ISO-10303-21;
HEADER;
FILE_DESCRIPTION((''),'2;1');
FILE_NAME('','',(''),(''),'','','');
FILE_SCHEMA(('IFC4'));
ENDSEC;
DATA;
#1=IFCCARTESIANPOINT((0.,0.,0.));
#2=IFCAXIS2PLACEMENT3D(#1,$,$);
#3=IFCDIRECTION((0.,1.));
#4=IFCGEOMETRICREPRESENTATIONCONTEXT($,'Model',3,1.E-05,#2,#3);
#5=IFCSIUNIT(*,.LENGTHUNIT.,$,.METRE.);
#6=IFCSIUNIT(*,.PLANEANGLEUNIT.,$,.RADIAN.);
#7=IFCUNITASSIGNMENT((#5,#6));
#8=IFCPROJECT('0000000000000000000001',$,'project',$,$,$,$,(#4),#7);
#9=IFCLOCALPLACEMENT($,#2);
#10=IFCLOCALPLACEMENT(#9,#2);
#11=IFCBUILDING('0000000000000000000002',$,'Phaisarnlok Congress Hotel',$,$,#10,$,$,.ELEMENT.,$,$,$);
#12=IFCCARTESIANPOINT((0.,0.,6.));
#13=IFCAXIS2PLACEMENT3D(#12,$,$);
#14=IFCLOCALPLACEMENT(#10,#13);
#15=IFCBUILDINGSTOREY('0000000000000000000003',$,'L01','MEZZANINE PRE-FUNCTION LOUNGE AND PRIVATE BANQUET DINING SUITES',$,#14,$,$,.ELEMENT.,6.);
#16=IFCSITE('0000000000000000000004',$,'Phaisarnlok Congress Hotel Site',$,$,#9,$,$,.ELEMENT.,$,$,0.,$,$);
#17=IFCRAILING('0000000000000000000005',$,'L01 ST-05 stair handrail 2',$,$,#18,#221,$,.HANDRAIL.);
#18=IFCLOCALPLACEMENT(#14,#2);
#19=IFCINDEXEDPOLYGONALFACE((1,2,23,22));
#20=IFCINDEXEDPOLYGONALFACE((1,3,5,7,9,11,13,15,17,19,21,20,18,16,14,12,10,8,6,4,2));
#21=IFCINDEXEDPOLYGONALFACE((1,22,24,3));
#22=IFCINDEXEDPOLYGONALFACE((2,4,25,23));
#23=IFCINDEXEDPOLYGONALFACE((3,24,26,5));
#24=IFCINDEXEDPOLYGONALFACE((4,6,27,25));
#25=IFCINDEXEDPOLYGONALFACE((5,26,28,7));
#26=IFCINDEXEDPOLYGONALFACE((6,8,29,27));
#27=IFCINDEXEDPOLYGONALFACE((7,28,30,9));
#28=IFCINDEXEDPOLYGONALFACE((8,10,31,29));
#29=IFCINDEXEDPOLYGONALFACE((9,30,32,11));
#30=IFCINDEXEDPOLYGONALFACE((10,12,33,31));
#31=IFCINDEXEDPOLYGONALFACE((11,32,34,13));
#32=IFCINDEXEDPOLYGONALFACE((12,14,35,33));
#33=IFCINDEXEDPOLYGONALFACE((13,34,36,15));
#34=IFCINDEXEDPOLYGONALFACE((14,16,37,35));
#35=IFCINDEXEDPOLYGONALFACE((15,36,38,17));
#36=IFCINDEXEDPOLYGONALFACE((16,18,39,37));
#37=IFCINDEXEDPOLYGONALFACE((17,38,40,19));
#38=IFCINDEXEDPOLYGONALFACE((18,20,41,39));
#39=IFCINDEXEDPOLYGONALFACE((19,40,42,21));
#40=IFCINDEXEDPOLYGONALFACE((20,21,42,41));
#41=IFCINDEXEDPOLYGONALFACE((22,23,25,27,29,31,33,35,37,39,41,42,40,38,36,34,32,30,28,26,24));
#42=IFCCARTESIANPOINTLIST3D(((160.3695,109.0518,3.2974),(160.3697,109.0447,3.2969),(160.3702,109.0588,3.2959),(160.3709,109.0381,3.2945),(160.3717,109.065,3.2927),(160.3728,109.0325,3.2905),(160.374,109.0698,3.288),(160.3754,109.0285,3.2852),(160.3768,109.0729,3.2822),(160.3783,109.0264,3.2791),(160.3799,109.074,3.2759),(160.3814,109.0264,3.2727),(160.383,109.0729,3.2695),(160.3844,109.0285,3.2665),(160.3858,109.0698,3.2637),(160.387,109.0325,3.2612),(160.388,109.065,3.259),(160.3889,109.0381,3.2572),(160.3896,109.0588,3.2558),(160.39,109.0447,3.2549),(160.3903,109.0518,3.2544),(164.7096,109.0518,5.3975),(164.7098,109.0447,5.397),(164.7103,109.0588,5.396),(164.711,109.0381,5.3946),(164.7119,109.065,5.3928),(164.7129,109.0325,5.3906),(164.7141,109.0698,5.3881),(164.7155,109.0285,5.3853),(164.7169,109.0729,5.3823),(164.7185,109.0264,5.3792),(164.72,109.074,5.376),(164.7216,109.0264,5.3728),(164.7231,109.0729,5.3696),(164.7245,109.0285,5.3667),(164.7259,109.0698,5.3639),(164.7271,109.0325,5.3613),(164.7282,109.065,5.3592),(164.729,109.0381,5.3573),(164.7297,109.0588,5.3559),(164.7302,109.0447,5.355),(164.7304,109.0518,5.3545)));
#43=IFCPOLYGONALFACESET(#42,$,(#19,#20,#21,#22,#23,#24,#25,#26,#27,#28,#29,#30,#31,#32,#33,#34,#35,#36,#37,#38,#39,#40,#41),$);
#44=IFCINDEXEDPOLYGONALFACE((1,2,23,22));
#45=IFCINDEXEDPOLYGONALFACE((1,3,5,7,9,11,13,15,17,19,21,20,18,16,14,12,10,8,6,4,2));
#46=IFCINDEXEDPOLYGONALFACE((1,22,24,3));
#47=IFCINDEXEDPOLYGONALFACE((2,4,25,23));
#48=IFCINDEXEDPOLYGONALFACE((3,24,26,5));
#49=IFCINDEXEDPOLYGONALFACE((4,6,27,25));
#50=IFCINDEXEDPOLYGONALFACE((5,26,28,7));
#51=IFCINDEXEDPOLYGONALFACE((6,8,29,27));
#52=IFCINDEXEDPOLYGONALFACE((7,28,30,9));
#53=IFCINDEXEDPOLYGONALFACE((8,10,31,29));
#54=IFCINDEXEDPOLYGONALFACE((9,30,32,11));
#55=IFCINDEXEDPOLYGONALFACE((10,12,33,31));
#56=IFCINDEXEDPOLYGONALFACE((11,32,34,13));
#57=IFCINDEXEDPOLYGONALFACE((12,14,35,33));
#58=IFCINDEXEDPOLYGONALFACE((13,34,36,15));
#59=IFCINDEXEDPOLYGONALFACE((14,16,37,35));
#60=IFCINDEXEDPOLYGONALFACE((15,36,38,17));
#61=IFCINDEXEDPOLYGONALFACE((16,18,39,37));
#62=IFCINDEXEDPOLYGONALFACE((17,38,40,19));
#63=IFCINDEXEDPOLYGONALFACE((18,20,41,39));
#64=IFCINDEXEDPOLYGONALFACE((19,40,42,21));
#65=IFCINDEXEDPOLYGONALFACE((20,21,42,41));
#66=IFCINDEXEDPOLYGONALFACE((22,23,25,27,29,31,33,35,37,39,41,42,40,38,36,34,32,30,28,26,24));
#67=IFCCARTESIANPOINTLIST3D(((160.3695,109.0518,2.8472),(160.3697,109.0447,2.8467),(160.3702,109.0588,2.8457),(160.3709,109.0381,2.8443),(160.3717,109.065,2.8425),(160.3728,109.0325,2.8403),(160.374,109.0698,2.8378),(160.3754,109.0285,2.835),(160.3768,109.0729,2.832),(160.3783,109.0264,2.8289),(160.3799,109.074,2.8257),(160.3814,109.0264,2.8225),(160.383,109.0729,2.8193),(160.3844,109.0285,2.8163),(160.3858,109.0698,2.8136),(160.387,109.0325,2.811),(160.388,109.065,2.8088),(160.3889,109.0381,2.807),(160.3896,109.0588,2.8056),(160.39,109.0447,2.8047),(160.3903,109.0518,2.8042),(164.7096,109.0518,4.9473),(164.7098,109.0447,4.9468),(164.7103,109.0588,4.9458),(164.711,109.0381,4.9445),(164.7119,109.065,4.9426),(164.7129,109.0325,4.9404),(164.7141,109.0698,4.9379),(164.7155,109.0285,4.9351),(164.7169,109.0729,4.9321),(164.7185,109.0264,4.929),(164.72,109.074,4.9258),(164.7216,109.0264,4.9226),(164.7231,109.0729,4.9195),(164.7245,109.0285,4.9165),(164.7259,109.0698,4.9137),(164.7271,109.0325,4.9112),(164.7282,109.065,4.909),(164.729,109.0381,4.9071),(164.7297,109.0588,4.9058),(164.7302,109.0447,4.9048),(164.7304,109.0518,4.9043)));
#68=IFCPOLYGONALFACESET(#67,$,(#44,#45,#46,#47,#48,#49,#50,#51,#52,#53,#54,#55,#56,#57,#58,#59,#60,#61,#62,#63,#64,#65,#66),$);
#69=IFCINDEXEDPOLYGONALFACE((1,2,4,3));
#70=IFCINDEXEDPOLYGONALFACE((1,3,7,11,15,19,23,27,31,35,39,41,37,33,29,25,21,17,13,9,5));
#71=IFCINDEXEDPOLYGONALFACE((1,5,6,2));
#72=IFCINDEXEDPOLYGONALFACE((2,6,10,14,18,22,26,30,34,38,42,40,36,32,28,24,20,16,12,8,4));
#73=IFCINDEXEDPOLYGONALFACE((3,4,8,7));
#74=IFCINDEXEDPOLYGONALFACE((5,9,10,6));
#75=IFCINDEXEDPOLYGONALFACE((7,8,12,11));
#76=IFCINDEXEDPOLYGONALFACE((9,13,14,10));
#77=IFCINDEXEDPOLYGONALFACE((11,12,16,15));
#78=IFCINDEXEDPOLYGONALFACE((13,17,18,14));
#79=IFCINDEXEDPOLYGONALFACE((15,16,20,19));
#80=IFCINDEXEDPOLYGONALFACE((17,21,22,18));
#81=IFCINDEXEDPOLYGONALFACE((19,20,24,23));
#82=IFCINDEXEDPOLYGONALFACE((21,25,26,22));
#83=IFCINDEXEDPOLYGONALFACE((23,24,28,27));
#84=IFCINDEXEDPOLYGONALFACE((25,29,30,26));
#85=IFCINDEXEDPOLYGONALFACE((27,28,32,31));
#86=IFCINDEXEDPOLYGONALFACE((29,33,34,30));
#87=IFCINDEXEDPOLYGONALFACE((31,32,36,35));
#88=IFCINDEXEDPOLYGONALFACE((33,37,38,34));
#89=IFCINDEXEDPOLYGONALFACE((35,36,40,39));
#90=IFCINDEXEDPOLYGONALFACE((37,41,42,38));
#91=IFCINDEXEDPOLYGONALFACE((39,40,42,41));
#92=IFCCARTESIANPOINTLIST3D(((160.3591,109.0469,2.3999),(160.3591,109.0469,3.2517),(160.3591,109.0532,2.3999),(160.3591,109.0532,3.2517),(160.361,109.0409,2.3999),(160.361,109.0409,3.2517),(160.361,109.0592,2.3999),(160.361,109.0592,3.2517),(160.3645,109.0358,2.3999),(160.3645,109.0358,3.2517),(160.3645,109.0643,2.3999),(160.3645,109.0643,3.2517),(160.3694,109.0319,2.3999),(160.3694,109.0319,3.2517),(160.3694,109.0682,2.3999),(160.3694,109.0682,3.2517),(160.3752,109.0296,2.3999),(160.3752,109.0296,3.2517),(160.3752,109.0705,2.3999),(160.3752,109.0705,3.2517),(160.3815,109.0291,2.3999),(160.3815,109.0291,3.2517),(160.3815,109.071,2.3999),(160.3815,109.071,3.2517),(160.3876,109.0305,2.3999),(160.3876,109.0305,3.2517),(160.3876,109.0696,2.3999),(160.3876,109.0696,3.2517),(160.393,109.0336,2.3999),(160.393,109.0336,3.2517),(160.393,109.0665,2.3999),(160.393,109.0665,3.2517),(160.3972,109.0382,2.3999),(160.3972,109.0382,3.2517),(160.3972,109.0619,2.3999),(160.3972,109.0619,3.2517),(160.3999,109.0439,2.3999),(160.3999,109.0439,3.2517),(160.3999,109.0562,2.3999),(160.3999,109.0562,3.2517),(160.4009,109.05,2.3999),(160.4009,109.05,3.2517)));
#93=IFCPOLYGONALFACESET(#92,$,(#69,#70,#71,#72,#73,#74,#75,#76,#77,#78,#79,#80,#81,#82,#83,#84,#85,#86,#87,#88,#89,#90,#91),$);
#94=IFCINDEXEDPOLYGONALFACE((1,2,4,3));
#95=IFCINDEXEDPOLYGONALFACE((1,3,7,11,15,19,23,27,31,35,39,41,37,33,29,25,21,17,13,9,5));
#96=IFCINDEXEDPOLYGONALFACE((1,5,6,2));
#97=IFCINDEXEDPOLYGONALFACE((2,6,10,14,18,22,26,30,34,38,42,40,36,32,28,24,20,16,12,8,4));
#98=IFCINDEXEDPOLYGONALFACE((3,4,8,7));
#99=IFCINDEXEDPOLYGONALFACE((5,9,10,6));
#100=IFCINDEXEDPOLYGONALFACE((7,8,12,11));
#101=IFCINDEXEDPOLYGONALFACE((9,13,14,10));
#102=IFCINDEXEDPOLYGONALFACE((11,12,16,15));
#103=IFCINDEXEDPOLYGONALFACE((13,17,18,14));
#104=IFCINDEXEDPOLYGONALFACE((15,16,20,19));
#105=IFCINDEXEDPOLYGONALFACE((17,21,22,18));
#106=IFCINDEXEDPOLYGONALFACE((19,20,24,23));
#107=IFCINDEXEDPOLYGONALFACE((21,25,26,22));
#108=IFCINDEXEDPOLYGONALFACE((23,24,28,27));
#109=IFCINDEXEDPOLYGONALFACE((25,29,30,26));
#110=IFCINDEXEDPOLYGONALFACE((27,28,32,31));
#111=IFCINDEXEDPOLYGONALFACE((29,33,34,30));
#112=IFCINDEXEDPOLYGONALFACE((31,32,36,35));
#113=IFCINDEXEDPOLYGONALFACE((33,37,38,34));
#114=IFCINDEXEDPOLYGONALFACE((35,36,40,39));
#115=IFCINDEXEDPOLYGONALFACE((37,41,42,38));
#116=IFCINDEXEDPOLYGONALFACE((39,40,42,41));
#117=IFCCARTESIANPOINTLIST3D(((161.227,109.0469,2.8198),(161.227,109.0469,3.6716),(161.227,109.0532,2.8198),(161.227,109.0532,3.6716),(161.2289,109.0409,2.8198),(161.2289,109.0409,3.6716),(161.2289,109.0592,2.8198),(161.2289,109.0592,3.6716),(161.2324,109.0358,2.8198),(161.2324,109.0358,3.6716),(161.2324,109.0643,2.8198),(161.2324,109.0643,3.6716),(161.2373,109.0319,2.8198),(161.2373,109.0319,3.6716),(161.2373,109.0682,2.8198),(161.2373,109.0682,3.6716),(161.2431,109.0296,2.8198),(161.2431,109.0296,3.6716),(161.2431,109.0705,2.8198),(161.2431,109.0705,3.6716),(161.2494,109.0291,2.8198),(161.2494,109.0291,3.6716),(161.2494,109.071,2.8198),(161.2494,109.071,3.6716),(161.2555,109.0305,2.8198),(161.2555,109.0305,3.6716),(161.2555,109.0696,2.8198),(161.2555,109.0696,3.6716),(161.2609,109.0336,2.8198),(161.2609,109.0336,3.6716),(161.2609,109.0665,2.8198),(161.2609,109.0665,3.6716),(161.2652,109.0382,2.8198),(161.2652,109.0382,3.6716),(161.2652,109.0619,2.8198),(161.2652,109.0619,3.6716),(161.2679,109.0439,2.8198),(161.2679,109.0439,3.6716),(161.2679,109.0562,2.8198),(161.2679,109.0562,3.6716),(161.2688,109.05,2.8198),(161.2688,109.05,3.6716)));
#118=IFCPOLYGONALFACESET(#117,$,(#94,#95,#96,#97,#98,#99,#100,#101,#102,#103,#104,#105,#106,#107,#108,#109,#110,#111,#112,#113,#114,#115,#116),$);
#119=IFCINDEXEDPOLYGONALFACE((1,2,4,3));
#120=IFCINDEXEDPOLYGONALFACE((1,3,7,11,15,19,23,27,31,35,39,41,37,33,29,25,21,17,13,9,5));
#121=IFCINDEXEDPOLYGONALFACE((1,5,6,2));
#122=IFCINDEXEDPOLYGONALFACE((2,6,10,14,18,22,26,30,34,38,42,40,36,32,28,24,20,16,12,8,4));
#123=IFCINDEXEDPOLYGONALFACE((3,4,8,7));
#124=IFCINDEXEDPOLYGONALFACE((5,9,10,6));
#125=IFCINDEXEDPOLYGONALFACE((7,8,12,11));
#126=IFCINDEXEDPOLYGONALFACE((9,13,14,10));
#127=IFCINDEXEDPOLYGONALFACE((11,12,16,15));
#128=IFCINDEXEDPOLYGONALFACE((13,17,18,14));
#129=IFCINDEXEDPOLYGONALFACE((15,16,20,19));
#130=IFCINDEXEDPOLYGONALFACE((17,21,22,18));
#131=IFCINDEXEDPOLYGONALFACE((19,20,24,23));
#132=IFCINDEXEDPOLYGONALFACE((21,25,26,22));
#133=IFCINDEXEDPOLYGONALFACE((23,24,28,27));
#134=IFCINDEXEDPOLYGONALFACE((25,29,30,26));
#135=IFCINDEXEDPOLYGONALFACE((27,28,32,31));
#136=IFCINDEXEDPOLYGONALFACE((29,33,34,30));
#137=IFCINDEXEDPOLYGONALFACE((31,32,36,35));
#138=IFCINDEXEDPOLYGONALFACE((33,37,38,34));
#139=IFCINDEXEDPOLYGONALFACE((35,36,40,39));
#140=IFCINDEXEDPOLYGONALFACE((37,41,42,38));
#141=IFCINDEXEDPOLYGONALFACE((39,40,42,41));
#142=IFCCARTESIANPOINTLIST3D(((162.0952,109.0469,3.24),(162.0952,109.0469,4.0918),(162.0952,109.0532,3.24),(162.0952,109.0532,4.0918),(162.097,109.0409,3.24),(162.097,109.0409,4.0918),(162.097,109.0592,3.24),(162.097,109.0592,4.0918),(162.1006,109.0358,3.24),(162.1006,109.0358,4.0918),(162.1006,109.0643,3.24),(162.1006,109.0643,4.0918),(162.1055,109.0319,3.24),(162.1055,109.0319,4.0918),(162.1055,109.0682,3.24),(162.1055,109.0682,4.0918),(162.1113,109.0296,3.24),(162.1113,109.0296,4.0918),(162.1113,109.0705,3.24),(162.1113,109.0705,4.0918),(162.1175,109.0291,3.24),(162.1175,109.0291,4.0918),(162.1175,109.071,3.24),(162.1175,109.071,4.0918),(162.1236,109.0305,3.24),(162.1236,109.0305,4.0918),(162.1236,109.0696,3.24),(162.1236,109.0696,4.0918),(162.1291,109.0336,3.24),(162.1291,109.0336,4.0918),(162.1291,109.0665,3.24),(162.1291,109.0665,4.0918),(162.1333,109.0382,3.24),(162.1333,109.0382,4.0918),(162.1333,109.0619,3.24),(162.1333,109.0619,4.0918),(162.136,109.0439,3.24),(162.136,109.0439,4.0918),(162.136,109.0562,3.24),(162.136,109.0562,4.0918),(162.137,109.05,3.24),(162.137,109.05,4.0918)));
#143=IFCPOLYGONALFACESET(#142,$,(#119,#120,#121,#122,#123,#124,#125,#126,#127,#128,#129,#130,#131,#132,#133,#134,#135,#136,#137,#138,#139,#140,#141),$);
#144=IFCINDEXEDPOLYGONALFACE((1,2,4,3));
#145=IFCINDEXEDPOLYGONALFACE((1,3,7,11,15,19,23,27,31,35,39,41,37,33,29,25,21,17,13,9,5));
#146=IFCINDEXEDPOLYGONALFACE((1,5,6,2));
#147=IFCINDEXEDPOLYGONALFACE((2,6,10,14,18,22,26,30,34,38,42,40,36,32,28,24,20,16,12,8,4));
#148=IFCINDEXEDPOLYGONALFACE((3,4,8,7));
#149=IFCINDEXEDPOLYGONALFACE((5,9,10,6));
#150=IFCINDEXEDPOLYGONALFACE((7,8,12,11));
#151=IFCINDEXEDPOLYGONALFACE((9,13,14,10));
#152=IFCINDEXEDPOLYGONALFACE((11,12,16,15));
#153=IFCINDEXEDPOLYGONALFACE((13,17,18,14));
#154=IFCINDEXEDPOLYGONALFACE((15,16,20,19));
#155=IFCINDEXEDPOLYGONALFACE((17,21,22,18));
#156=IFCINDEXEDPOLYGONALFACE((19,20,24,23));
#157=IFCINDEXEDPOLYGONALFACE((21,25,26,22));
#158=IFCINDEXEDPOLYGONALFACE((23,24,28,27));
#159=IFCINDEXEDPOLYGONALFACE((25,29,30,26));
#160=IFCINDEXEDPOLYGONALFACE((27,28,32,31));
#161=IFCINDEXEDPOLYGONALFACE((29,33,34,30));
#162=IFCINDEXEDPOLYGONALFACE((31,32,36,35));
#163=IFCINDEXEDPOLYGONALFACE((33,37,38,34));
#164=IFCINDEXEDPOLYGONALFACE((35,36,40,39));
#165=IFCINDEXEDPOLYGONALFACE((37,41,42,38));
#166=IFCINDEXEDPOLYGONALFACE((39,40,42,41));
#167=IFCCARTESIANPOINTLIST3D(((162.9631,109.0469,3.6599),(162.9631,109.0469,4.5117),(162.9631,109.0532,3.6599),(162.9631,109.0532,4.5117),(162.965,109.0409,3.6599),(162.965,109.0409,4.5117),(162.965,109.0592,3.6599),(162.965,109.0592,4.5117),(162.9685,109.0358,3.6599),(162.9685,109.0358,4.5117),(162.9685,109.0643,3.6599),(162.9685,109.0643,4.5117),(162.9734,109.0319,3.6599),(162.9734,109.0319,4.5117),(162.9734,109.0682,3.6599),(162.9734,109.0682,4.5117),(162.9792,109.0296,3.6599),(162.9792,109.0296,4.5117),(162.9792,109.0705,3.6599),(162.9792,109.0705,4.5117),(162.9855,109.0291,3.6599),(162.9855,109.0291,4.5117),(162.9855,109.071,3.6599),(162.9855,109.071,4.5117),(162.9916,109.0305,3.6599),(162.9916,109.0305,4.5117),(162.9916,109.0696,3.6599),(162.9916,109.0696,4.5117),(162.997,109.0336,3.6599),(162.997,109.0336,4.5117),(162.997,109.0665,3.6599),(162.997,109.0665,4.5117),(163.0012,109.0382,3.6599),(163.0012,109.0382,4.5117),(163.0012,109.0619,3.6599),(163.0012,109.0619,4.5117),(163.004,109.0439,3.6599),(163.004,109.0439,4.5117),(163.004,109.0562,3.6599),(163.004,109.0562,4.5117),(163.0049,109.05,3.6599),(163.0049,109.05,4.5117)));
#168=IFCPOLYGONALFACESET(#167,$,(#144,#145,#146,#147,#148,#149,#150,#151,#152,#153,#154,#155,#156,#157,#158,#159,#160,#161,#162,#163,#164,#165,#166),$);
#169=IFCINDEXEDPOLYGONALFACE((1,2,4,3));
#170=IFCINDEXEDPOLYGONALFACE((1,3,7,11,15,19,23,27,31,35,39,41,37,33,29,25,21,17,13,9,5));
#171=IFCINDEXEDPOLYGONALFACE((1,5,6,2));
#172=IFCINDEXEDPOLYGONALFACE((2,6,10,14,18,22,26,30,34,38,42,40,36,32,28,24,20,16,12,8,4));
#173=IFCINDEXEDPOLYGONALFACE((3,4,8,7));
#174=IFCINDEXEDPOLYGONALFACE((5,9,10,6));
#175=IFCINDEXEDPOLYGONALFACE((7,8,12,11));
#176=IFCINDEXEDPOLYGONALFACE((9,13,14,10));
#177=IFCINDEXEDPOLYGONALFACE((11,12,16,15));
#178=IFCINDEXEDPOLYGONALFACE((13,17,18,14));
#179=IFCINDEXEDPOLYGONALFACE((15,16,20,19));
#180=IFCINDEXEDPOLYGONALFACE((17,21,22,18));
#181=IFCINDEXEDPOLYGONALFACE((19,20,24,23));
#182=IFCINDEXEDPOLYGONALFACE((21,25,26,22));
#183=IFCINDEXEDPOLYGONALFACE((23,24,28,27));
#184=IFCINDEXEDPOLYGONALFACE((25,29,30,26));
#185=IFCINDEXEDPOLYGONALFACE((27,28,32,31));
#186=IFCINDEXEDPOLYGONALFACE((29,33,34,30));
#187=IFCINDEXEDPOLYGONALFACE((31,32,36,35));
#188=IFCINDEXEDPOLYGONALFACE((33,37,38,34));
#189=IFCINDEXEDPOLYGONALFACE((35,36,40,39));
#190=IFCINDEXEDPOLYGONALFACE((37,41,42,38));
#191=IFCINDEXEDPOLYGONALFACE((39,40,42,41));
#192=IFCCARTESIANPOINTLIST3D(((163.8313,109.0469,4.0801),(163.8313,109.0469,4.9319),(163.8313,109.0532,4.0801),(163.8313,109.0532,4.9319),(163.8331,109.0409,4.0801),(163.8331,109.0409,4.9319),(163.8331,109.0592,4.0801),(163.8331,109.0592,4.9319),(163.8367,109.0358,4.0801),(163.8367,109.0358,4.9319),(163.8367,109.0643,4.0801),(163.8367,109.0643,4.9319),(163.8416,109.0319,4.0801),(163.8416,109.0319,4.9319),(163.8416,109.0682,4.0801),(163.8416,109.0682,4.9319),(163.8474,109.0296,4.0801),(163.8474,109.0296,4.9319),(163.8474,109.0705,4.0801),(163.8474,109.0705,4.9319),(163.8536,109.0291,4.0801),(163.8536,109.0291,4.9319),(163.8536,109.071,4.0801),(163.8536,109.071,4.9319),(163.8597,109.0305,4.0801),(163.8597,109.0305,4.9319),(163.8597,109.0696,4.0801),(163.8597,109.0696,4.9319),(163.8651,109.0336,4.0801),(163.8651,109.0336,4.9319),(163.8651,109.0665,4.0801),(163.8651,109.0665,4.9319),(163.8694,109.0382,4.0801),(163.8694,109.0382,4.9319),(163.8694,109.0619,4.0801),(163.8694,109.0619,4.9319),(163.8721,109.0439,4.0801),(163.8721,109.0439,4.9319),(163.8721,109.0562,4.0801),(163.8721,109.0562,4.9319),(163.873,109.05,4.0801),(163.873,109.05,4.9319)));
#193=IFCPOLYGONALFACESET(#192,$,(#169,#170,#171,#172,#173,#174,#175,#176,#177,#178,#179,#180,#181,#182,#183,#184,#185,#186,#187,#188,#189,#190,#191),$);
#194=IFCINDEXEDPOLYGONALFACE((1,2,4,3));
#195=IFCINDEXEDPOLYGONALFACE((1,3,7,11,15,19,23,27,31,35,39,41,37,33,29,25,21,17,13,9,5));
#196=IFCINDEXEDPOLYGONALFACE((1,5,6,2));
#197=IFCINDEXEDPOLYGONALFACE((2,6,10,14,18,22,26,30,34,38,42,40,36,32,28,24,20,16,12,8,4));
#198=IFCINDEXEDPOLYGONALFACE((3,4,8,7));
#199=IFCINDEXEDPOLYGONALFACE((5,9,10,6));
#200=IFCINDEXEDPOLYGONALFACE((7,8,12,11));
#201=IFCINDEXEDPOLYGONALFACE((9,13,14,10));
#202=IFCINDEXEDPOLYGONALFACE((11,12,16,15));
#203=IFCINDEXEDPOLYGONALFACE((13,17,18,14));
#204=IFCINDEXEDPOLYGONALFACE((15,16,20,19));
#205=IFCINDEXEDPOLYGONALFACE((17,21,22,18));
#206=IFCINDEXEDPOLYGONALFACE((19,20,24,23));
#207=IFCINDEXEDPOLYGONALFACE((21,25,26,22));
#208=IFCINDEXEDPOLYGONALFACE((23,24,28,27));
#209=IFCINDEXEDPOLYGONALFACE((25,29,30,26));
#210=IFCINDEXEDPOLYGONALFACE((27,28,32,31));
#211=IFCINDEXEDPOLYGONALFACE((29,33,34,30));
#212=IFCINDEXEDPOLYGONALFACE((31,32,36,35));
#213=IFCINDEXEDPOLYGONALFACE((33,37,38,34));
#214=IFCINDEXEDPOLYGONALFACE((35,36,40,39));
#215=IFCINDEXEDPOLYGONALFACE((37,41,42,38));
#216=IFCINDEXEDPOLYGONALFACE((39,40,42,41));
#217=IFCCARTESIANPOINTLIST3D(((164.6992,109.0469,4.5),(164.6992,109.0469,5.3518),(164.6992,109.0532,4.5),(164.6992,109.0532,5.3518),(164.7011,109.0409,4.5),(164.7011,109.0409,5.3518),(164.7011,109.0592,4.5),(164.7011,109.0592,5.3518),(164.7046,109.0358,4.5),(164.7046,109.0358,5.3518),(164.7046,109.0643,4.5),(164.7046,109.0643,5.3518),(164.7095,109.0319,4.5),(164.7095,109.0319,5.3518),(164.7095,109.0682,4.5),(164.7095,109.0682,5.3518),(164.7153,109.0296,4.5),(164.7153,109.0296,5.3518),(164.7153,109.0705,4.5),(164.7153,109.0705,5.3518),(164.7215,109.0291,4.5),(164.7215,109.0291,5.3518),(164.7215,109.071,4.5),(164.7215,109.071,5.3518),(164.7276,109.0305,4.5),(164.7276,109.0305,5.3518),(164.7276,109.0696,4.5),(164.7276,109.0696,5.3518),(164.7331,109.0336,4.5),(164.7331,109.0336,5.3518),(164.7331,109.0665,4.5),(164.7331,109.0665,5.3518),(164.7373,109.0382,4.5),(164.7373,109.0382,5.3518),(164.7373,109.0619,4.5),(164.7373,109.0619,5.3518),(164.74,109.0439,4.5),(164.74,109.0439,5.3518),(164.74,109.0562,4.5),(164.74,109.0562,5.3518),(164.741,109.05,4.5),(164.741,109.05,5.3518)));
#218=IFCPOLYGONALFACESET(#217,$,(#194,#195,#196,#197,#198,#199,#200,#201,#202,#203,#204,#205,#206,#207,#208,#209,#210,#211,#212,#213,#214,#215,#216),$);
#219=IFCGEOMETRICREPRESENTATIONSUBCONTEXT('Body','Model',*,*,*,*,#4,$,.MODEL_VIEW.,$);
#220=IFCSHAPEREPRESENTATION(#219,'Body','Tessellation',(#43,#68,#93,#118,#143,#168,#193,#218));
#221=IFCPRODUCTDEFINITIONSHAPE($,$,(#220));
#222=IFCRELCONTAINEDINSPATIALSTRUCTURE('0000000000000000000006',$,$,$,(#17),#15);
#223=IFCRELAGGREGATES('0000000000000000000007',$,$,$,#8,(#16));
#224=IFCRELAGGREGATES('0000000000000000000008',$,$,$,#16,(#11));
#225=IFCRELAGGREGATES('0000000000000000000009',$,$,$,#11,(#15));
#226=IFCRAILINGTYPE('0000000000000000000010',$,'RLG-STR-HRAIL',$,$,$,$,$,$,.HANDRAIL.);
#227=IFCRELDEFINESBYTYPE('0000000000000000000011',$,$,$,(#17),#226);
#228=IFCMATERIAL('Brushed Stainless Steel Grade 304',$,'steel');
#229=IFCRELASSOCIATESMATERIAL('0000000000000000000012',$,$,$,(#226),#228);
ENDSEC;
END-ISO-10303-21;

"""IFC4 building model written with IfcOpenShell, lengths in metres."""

from ifc_helpers import new_model, si_unit, direction, frame, origin, origin_2d, place, context, subcontext, project, spatial, circle, extrude, material, type_object, element, save


model = new_model("IFC4")

# Units and contexts
model_context = context("Model", 3, precision=1e-05, world=origin(), true_north=direction((0.0, 1.0)))
body_context = subcontext(model_context, "Body", "Model", "MODEL_VIEW")
ifc_project = project(units=[si_unit("LENGTHUNIT", "METRE"), si_unit("PLANEANGLEUNIT", "RADIAN")], contexts=[model_context])

# Site, building, storey
site_placement = place(None, origin())
site = spatial("IfcSite", under=ifc_project, at=site_placement, Name="Phaisarnlok Congress Hotel Site", CompositionType="ELEMENT", RefElevation=0.0)
building_placement = place(site_placement, origin())
building = spatial("IfcBuilding", under=site, at=building_placement, Name="Phaisarnlok Congress Hotel", CompositionType="ELEMENT")
storey_placement = place(building_placement, frame((0.0, 0.0, 6.0)))
storey = spatial("IfcBuildingStorey", under=building, at=storey_placement, Name="L01", Description="MEZZANINE PRE-FUNCTION LOUNGE AND PRIVATE BANQUET DINING SUITES", CompositionType="ELEMENT", Elevation=6.0)

# Railing
ifc_material_1 = material(Name="Brushed Stainless Steel Grade 304", Category="steel")
railing_type_1 = type_object("IfcRailingType", Name="RLG-STR-HRAIL", PredefinedType="HANDRAIL", material=ifc_material_1)
railing_1_placement = place(storey_placement, frame((160.3799, 109.05, 2.3999)))
element("IfcRailing", 1, at=railing_1_placement, inside=storey, type_object=railing_type_1, Name="L01 ST-05 stair handrail 2", PredefinedType="HANDRAIL", context=body_context, shape_type="SweptSolid", body=[
    extrude(circle(Radius=0.0239, at=origin_2d()), frame((0.0, 0.0, 0.876), z_axis=(0.900155, 0.0, 0.43557), x_axis=(0.0, 1.0, 0.0)), (0.0, 0.0, 1.0), 4.8215),
    extrude(circle(Radius=0.0239, at=origin_2d()), frame((0.0, 0.0, 0.4258), z_axis=(0.900155, 0.0, 0.43557), x_axis=(0.0, 1.0, 0.0)), (0.0, 0.0, 1.0), 4.8215),
    extrude(circle(Radius=0.021, at=origin_2d()), origin(), (0.0, 0.0, 1.0), 0.8518),
    extrude(circle(Radius=0.021, at=origin_2d()), frame((0.8679, 0.0, 0.4199)), (0.0, 0.0, 1.0), 0.8518),
    extrude(circle(Radius=0.021, at=origin_2d()), frame((1.7361, 0.0, 0.8401)), (0.0, 0.0, 1.0), 0.8518),
    extrude(circle(Radius=0.021, at=origin_2d()), frame((2.604, 0.0, 1.26)), (0.0, 0.0, 1.0), 0.8518),
    extrude(circle(Radius=0.021, at=origin_2d()), frame((3.4722, 0.0, 1.6802)), (0.0, 0.0, 1.0), 0.8518),
    extrude(circle(Radius=0.021, at=origin_2d()), frame((4.3401, 0.0, 2.1001)), (0.0, 0.0, 1.0), 0.8518),
])

save(model, "model.ifc")
